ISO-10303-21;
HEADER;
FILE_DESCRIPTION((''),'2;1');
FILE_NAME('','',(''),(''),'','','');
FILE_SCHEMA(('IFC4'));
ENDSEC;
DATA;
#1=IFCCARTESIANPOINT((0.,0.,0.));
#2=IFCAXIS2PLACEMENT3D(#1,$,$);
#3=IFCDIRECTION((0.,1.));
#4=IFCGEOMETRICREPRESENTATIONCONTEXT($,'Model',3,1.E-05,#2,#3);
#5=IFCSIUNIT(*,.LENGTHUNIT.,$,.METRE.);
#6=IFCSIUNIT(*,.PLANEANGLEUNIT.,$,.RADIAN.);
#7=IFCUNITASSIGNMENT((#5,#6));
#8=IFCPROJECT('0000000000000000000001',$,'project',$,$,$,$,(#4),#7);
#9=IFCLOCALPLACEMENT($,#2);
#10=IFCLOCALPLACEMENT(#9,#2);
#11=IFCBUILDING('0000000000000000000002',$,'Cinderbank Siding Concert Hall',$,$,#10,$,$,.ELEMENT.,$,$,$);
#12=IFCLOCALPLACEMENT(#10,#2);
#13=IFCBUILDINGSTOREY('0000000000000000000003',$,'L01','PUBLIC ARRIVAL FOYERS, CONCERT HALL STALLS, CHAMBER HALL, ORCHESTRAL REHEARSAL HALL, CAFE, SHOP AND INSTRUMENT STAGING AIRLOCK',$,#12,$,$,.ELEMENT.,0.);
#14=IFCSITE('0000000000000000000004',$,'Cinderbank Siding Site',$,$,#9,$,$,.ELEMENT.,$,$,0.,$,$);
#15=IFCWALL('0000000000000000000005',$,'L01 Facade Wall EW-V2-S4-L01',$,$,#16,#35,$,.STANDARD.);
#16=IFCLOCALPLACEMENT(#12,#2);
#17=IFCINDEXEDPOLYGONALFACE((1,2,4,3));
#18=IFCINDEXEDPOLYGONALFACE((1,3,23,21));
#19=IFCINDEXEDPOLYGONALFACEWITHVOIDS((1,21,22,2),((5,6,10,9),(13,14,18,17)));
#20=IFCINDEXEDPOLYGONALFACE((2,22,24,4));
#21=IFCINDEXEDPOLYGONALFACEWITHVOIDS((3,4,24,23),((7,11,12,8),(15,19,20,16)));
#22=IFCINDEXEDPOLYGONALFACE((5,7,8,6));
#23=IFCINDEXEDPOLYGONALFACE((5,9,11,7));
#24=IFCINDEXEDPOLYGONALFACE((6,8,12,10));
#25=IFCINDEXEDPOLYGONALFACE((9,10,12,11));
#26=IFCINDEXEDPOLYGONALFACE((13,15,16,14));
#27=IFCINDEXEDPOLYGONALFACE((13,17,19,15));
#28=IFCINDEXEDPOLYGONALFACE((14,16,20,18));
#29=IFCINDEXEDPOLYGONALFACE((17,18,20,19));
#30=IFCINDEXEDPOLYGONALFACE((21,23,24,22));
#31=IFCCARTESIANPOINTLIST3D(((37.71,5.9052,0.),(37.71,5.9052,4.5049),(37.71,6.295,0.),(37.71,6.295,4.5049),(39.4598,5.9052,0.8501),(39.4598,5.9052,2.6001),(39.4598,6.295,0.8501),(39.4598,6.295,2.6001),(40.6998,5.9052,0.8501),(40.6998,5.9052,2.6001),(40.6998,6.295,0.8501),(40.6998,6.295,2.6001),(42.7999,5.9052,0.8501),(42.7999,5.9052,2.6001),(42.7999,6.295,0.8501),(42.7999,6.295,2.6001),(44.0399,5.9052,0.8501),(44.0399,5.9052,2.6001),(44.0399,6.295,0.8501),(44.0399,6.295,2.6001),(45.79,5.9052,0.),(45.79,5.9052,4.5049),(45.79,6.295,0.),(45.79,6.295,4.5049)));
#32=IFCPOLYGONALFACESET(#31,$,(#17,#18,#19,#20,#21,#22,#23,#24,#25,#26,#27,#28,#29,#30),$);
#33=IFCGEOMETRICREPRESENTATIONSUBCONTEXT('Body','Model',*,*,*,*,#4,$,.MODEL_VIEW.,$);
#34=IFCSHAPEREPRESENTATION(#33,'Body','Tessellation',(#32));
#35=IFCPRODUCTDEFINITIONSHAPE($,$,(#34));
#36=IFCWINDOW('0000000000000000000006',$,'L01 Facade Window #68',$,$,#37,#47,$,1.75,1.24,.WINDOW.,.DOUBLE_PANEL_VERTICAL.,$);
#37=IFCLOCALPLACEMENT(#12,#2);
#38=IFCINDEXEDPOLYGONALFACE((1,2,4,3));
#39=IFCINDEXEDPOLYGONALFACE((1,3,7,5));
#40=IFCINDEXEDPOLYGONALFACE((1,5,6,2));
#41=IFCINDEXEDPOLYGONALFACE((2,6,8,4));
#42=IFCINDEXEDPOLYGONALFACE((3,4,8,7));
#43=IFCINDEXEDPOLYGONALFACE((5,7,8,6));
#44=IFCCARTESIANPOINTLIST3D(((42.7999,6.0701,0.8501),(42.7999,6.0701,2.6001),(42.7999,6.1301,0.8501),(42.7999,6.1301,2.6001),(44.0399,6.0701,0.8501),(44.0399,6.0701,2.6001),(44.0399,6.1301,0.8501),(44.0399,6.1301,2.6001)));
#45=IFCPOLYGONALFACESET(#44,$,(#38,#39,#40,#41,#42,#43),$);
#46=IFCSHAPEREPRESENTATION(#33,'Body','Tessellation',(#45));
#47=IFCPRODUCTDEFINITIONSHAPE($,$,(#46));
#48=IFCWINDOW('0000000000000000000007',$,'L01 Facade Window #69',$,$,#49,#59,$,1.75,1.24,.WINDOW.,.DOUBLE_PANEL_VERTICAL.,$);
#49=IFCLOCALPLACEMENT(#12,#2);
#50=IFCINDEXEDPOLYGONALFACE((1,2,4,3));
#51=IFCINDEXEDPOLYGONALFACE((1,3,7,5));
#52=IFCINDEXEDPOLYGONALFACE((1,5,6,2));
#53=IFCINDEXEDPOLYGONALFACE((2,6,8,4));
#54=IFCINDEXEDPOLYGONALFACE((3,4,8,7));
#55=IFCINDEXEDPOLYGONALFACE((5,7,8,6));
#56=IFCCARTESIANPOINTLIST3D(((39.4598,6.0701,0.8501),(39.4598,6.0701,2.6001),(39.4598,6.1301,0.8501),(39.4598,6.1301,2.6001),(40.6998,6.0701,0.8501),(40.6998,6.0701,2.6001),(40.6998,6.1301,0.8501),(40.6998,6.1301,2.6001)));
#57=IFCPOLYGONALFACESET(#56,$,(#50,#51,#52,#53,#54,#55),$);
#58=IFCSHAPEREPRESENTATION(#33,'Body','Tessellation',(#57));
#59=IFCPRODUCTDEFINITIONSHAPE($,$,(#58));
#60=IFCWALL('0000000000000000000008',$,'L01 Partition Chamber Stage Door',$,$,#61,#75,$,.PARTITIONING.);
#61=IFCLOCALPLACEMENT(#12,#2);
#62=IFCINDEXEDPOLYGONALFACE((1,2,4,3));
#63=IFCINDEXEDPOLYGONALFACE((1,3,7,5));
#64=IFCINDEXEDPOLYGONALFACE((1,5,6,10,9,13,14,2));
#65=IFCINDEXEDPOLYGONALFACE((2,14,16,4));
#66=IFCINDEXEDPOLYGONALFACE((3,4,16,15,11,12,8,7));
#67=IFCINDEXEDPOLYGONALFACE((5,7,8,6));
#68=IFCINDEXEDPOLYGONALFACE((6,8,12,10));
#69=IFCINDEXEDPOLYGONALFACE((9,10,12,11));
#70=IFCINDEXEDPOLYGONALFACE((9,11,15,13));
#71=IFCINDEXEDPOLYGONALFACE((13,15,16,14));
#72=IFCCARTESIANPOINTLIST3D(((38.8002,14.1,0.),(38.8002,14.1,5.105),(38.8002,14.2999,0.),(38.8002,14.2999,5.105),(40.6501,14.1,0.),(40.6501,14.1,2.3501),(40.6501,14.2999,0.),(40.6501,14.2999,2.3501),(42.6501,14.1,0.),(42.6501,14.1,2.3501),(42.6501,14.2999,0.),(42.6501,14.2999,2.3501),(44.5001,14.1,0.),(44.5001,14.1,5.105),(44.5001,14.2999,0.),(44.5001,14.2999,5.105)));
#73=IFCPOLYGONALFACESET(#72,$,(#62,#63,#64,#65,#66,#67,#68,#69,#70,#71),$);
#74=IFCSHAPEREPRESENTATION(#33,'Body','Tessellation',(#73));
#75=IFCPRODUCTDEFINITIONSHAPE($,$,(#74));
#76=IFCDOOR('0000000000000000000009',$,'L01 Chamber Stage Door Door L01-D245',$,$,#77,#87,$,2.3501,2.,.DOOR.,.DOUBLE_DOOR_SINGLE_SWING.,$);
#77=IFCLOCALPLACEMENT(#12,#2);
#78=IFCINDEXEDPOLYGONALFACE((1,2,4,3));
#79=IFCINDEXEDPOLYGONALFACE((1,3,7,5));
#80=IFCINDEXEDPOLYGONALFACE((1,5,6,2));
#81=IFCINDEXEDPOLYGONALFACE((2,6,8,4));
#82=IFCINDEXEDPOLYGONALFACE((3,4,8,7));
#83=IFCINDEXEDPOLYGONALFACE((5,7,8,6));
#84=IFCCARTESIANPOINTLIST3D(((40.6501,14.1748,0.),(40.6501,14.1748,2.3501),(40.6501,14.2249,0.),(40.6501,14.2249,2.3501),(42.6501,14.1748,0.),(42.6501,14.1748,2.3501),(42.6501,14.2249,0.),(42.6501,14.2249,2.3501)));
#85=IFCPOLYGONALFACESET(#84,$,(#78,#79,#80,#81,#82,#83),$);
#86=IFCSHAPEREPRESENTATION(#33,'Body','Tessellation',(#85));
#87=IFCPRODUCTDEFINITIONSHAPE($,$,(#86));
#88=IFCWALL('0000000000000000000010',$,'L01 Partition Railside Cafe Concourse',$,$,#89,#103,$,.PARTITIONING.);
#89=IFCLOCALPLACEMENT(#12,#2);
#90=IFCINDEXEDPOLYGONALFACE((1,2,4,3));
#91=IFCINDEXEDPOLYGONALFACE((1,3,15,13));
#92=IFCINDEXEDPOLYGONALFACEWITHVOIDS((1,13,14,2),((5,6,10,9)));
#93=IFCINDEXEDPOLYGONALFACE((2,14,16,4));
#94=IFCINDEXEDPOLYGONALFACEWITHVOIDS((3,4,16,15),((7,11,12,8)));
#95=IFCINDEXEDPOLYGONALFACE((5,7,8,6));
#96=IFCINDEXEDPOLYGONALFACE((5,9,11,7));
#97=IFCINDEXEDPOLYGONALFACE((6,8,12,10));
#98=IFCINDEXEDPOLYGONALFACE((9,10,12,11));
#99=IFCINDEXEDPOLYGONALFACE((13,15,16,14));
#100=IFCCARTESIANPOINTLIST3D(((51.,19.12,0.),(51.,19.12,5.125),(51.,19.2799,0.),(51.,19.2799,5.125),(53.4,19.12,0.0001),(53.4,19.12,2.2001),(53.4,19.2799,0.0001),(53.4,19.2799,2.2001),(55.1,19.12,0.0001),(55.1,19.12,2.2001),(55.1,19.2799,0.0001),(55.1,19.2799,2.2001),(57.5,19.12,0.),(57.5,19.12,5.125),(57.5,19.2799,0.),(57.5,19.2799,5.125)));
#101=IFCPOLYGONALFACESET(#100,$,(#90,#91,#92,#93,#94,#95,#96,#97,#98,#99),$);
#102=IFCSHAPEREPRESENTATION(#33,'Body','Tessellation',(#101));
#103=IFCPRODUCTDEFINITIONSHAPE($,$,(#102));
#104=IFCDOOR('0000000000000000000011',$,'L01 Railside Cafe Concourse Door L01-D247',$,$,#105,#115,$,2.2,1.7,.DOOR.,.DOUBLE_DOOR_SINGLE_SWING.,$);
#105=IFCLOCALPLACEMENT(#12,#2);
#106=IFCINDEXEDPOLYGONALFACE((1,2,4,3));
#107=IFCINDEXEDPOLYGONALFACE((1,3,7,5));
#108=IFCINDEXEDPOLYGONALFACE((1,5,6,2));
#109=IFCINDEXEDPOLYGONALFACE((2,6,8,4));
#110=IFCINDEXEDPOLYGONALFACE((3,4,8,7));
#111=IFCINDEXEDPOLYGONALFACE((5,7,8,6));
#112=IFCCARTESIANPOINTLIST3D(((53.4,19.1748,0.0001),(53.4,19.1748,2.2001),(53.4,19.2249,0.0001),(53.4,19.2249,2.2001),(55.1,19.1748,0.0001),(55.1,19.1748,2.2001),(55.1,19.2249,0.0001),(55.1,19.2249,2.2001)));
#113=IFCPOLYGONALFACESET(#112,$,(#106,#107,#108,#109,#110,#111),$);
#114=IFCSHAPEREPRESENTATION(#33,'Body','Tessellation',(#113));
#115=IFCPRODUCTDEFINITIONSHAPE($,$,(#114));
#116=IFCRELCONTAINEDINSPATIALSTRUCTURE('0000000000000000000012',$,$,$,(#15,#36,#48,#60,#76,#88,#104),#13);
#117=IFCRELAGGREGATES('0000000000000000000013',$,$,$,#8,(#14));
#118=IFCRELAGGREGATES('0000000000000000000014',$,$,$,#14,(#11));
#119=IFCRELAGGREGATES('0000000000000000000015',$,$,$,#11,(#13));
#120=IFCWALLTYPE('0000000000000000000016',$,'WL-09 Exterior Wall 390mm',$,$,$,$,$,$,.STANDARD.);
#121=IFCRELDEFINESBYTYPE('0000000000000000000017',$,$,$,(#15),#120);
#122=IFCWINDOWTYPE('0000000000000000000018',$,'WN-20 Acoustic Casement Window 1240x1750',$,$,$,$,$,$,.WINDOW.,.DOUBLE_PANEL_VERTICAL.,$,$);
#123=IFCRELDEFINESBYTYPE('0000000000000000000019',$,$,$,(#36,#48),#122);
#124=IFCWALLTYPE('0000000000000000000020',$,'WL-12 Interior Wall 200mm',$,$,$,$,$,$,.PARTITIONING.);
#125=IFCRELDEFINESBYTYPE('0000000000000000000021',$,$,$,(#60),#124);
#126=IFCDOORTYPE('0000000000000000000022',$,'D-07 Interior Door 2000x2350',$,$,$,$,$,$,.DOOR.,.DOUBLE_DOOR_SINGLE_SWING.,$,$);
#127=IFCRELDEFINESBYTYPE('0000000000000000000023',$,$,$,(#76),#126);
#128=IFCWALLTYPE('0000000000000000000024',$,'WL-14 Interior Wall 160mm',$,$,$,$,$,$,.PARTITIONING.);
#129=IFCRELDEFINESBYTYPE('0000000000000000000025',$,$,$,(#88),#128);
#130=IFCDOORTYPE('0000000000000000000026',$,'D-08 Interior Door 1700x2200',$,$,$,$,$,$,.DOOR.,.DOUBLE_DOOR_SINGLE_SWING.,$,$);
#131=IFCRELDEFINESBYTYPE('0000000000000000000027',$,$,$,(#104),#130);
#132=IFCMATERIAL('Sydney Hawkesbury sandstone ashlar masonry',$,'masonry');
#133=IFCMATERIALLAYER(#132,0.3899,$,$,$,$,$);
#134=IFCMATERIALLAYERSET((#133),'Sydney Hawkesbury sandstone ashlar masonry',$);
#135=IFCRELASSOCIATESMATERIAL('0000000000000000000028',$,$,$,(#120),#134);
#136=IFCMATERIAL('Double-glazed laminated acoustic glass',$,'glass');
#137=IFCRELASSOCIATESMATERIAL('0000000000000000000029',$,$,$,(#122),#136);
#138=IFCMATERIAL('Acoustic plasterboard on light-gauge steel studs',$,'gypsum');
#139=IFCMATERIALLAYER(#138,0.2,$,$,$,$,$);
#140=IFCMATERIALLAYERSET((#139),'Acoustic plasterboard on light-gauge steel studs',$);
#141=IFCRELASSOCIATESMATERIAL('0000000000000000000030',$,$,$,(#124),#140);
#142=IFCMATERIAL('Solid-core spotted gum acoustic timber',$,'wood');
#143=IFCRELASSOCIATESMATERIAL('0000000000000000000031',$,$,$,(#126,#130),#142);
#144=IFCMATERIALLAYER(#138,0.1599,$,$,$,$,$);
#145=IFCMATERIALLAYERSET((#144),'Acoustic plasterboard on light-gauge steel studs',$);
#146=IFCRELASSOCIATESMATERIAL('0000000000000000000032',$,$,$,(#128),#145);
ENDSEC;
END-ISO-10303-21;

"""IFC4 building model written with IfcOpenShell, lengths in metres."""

from ifc_helpers import new_model, si_unit, direction, frame, frame_2d, origin, place, context, subcontext, project, spatial, rectangle, extrude, material, layer, layer_set, type_object, element, fill, save


model = new_model("IFC4")

# Units and contexts
model_context = context("Model", 3, precision=1e-05, world=origin(), true_north=direction((0.0, 1.0)))
body_context = subcontext(model_context, "Body", "Model", "MODEL_VIEW")
ifc_project = project(units=[si_unit("LENGTHUNIT", "METRE"), si_unit("PLANEANGLEUNIT", "RADIAN")], contexts=[model_context])

# Site, building, storey
site_placement = place(None, origin())
site = spatial("IfcSite", under=ifc_project, at=site_placement, Name="Cinderbank Siding Site", CompositionType="ELEMENT", RefElevation=0.0)
building_placement = place(site_placement, origin())
building = spatial("IfcBuilding", under=site, at=building_placement, Name="Cinderbank Siding Concert Hall", CompositionType="ELEMENT")
storey_placement = place(building_placement, origin())
storey = spatial("IfcBuildingStorey", under=building, at=storey_placement, Name="L01", Description="PUBLIC ARRIVAL FOYERS, CONCERT HALL STALLS, CHAMBER HALL, ORCHESTRAL REHEARSAL HALL, CAFE, SHOP AND INSTRUMENT STAGING AIRLOCK", CompositionType="ELEMENT", Elevation=0.0)

# Shared definitions
ifc_material_1 = material(Name="Double-glazed laminated acoustic glass", Category="glass")

# Wall, openings, windows
ifc_material_2 = material(Name="Sydney Hawkesbury sandstone ashlar masonry", Category="masonry")
ifc_layer_1 = layer(ifc_material_2, 0.3899)
ifc_layer_set_1 = layer_set([ifc_layer_1], Name="Sydney Hawkesbury sandstone ashlar masonry")
wall_type_1 = type_object("IfcWallType", Name="WL-09 Exterior Wall 390mm", PredefinedType="STANDARD", material=ifc_layer_set_1)
wall_1_placement = place(storey_placement, frame((45.79, 6.1001, 0.0), z_axis=(0.0, 0.0, 1.0), x_axis=(-1.0, 0.0, 0.0)))
wall_1 = element("IfcWall", 1, at=wall_1_placement, inside=storey, type_object=wall_type_1, Name="L01 Facade Wall EW-V2-S4-L01", PredefinedType="STANDARD", context=body_context, shape_type="SweptSolid", body=[
    extrude(rectangle(XDim=8.0801, YDim=0.3899, at=frame_2d((4.04, 0.0))), origin(), (0.0, 0.0, 1.0), 4.5049),
])
opening_1_placement = place(wall_1_placement, frame((1.75, 0.0, 0.8501)))
opening_1 = element("IfcOpeningElement", 2, at=opening_1_placement, cuts=wall_1, PredefinedType="OPENING", context=body_context, shape_type="SweptSolid", body=[
    extrude(rectangle(XDim=1.24, YDim=1.75, at=frame_2d((0.6201, 0.875))), frame((0.0, 0.207, 0.0), z_axis=(0.0, -1.0, 0.0), x_axis=(1.0, 0.0, 0.0)), (0.0, 0.0, 1.0), 0.4138),
])
opening_2_placement = place(wall_1_placement, frame((5.0901, 0.0, 0.8501)))
opening_2 = element("IfcOpeningElement", 3, at=opening_2_placement, cuts=wall_1, PredefinedType="OPENING", context=body_context, shape_type="SweptSolid", body=[
    extrude(rectangle(XDim=1.24, YDim=1.75, at=frame_2d((0.6201, 0.875))), frame((0.0, 0.207, 0.0), z_axis=(0.0, -1.0, 0.0), x_axis=(1.0, 0.0, 0.0)), (0.0, 0.0, 1.0), 0.4138),
])
window_type = type_object("IfcWindowType", Name="WN-20 Acoustic Casement Window 1240x1750", PartitioningType="DOUBLE_PANEL_VERTICAL", PredefinedType="WINDOW", material=ifc_material_1)
window_1_placement = place(opening_1_placement, origin())
window_1 = element("IfcWindow", 4, at=window_1_placement, inside=storey, type_object=window_type, Name="L01 Facade Window #68", OverallHeight=1.75, OverallWidth=1.24, PartitioningType="DOUBLE_PANEL_VERTICAL", PredefinedType="WINDOW", context=body_context, shape_type="SweptSolid", body=[
    extrude(rectangle(XDim=1.24, YDim=1.75, at=frame_2d((0.6201, 0.875))), frame((0.0, 0.03, 0.0), z_axis=(0.0, -1.0, 0.0), x_axis=(1.0, 0.0, 0.0)), (0.0, 0.0, 1.0), 0.0601),
])
fill(opening_1, window_1)
window_2_placement = place(opening_2_placement, origin())
window_2 = element("IfcWindow", 5, at=window_2_placement, inside=storey, type_object=window_type, Name="L01 Facade Window #69", OverallHeight=1.75, OverallWidth=1.24, PartitioningType="DOUBLE_PANEL_VERTICAL", PredefinedType="WINDOW", context=body_context, shape_type="SweptSolid", body=[
    extrude(rectangle(XDim=1.24, YDim=1.75, at=frame_2d((0.6201, 0.875))), frame((0.0, 0.03, 0.0), z_axis=(0.0, -1.0, 0.0), x_axis=(1.0, 0.0, 0.0)), (0.0, 0.0, 1.0), 0.0601),
])
fill(opening_2, window_2)

# Walls, openings, doors
ifc_material_3 = material(Name="Acoustic plasterboard on light-gauge steel studs", Category="gypsum")
ifc_layer_2 = layer(ifc_material_3, 0.2)
ifc_layer_set_2 = layer_set([ifc_layer_2], Name="Acoustic plasterboard on light-gauge steel studs")
wall_type_2 = type_object("IfcWallType", Name="WL-12 Interior Wall 200mm", PredefinedType="PARTITIONING", material=ifc_layer_set_2)
wall_2_placement = place(storey_placement, frame((38.8, 14.2, 0.0), z_axis=(0.0, 0.0, 1.0), x_axis=(1.0, 0.0, 0.0)))
wall_2 = element("IfcWall", 6, at=wall_2_placement, inside=storey, type_object=wall_type_2, Name="L01 Partition Chamber Stage Door", PredefinedType="PARTITIONING", context=body_context, shape_type="SweptSolid", body=[
    extrude(rectangle(XDim=5.7, YDim=0.2, at=frame_2d((2.8501, 0.0))), origin(), (0.0, 0.0, 1.0), 5.105),
])
opening_3_placement = place(wall_2_placement, frame((1.8501, 0.0, 0.0)))
opening_3 = element("IfcOpeningElement", 7, at=opening_3_placement, cuts=wall_2, PredefinedType="OPENING", context=body_context, shape_type="SweptSolid", body=[
    extrude(rectangle(XDim=2.0, YDim=2.3501, at=frame_2d((1.0, 1.175))), frame((0.0, 0.1118, 0.0), z_axis=(0.0, -1.0, 0.0), x_axis=(1.0, 0.0, 0.0)), (0.0, 0.0, 1.0), 0.2239),
])
ifc_material_4 = material(Name="Solid-core spotted gum acoustic timber", Category="wood")
door_type_1 = type_object("IfcDoorType", Name="D-07 Interior Door 2000x2350", OperationType="DOUBLE_DOOR_SINGLE_SWING", PredefinedType="DOOR", material=ifc_material_4)
door_1_placement = place(opening_3_placement, origin())
door_1 = element("IfcDoor", 8, at=door_1_placement, inside=storey, type_object=door_type_1, Name="L01 Chamber Stage Door Door L01-D245", OperationType="DOUBLE_DOOR_SINGLE_SWING", OverallHeight=2.3501, OverallWidth=2.0, PredefinedType="DOOR", context=body_context, shape_type="SweptSolid", body=[
    extrude(rectangle(XDim=2.0, YDim=2.3501, at=frame_2d((1.0, 1.175))), frame((0.0, 0.0249, 0.0), z_axis=(0.0, -1.0, 0.0), x_axis=(1.0, 0.0, 0.0)), (0.0, 0.0, 1.0), 0.05),
])
fill(opening_3, door_1)
ifc_layer_3 = layer(ifc_material_3, 0.1599)
ifc_layer_set_3 = layer_set([ifc_layer_3], Name="Acoustic plasterboard on light-gauge steel studs")
wall_type_3 = type_object("IfcWallType", Name="WL-14 Interior Wall 160mm", PredefinedType="PARTITIONING", material=ifc_layer_set_3)
wall_3_placement = place(storey_placement, frame((51.0, 19.2, 0.0), z_axis=(0.0, 0.0, 1.0), x_axis=(1.0, 0.0, 0.0)))
wall_3 = element("IfcWall", 9, at=wall_3_placement, inside=storey, type_object=wall_type_3, Name="L01 Partition Railside Cafe Concourse", PredefinedType="PARTITIONING", context=body_context, shape_type="SweptSolid", body=[
    extrude(rectangle(XDim=6.5, YDim=0.1599, at=frame_2d((3.25, 0.0))), origin(), (0.0, 0.0, 1.0), 5.125),
])
opening_4_placement = place(wall_3_placement, frame((2.3999, 0.0, 0.0)))
opening_4 = element("IfcOpeningElement", 10, at=opening_4_placement, cuts=wall_3, PredefinedType="OPENING", context=body_context, shape_type="SweptSolid", body=[
    extrude(rectangle(XDim=1.7, YDim=2.2, at=frame_2d((0.8501, 1.1001))), frame((0.0, 0.0918, 0.0), z_axis=(0.0, -1.0, 0.0), x_axis=(1.0, 0.0, 0.0)), (0.0, 0.0, 1.0), 0.1838),
])
door_type_2 = type_object("IfcDoorType", Name="D-08 Interior Door 1700x2200", OperationType="DOUBLE_DOOR_SINGLE_SWING", PredefinedType="DOOR", material=ifc_material_4)
door_2_placement = place(opening_4_placement, origin())
door_2 = element("IfcDoor", 11, at=door_2_placement, inside=storey, type_object=door_type_2, Name="L01 Railside Cafe Concourse Door L01-D247", OperationType="DOUBLE_DOOR_SINGLE_SWING", OverallHeight=2.2, OverallWidth=1.7, PredefinedType="DOOR", context=body_context, shape_type="SweptSolid", body=[
    extrude(rectangle(XDim=1.7, YDim=2.2, at=frame_2d((0.8501, 1.1001))), frame((0.0, 0.0249, 0.0), z_axis=(0.0, -1.0, 0.0), x_axis=(1.0, 0.0, 0.0)), (0.0, 0.0, 1.0), 0.05),
])
fill(opening_4, door_2)

save(model, "model.ifc")
